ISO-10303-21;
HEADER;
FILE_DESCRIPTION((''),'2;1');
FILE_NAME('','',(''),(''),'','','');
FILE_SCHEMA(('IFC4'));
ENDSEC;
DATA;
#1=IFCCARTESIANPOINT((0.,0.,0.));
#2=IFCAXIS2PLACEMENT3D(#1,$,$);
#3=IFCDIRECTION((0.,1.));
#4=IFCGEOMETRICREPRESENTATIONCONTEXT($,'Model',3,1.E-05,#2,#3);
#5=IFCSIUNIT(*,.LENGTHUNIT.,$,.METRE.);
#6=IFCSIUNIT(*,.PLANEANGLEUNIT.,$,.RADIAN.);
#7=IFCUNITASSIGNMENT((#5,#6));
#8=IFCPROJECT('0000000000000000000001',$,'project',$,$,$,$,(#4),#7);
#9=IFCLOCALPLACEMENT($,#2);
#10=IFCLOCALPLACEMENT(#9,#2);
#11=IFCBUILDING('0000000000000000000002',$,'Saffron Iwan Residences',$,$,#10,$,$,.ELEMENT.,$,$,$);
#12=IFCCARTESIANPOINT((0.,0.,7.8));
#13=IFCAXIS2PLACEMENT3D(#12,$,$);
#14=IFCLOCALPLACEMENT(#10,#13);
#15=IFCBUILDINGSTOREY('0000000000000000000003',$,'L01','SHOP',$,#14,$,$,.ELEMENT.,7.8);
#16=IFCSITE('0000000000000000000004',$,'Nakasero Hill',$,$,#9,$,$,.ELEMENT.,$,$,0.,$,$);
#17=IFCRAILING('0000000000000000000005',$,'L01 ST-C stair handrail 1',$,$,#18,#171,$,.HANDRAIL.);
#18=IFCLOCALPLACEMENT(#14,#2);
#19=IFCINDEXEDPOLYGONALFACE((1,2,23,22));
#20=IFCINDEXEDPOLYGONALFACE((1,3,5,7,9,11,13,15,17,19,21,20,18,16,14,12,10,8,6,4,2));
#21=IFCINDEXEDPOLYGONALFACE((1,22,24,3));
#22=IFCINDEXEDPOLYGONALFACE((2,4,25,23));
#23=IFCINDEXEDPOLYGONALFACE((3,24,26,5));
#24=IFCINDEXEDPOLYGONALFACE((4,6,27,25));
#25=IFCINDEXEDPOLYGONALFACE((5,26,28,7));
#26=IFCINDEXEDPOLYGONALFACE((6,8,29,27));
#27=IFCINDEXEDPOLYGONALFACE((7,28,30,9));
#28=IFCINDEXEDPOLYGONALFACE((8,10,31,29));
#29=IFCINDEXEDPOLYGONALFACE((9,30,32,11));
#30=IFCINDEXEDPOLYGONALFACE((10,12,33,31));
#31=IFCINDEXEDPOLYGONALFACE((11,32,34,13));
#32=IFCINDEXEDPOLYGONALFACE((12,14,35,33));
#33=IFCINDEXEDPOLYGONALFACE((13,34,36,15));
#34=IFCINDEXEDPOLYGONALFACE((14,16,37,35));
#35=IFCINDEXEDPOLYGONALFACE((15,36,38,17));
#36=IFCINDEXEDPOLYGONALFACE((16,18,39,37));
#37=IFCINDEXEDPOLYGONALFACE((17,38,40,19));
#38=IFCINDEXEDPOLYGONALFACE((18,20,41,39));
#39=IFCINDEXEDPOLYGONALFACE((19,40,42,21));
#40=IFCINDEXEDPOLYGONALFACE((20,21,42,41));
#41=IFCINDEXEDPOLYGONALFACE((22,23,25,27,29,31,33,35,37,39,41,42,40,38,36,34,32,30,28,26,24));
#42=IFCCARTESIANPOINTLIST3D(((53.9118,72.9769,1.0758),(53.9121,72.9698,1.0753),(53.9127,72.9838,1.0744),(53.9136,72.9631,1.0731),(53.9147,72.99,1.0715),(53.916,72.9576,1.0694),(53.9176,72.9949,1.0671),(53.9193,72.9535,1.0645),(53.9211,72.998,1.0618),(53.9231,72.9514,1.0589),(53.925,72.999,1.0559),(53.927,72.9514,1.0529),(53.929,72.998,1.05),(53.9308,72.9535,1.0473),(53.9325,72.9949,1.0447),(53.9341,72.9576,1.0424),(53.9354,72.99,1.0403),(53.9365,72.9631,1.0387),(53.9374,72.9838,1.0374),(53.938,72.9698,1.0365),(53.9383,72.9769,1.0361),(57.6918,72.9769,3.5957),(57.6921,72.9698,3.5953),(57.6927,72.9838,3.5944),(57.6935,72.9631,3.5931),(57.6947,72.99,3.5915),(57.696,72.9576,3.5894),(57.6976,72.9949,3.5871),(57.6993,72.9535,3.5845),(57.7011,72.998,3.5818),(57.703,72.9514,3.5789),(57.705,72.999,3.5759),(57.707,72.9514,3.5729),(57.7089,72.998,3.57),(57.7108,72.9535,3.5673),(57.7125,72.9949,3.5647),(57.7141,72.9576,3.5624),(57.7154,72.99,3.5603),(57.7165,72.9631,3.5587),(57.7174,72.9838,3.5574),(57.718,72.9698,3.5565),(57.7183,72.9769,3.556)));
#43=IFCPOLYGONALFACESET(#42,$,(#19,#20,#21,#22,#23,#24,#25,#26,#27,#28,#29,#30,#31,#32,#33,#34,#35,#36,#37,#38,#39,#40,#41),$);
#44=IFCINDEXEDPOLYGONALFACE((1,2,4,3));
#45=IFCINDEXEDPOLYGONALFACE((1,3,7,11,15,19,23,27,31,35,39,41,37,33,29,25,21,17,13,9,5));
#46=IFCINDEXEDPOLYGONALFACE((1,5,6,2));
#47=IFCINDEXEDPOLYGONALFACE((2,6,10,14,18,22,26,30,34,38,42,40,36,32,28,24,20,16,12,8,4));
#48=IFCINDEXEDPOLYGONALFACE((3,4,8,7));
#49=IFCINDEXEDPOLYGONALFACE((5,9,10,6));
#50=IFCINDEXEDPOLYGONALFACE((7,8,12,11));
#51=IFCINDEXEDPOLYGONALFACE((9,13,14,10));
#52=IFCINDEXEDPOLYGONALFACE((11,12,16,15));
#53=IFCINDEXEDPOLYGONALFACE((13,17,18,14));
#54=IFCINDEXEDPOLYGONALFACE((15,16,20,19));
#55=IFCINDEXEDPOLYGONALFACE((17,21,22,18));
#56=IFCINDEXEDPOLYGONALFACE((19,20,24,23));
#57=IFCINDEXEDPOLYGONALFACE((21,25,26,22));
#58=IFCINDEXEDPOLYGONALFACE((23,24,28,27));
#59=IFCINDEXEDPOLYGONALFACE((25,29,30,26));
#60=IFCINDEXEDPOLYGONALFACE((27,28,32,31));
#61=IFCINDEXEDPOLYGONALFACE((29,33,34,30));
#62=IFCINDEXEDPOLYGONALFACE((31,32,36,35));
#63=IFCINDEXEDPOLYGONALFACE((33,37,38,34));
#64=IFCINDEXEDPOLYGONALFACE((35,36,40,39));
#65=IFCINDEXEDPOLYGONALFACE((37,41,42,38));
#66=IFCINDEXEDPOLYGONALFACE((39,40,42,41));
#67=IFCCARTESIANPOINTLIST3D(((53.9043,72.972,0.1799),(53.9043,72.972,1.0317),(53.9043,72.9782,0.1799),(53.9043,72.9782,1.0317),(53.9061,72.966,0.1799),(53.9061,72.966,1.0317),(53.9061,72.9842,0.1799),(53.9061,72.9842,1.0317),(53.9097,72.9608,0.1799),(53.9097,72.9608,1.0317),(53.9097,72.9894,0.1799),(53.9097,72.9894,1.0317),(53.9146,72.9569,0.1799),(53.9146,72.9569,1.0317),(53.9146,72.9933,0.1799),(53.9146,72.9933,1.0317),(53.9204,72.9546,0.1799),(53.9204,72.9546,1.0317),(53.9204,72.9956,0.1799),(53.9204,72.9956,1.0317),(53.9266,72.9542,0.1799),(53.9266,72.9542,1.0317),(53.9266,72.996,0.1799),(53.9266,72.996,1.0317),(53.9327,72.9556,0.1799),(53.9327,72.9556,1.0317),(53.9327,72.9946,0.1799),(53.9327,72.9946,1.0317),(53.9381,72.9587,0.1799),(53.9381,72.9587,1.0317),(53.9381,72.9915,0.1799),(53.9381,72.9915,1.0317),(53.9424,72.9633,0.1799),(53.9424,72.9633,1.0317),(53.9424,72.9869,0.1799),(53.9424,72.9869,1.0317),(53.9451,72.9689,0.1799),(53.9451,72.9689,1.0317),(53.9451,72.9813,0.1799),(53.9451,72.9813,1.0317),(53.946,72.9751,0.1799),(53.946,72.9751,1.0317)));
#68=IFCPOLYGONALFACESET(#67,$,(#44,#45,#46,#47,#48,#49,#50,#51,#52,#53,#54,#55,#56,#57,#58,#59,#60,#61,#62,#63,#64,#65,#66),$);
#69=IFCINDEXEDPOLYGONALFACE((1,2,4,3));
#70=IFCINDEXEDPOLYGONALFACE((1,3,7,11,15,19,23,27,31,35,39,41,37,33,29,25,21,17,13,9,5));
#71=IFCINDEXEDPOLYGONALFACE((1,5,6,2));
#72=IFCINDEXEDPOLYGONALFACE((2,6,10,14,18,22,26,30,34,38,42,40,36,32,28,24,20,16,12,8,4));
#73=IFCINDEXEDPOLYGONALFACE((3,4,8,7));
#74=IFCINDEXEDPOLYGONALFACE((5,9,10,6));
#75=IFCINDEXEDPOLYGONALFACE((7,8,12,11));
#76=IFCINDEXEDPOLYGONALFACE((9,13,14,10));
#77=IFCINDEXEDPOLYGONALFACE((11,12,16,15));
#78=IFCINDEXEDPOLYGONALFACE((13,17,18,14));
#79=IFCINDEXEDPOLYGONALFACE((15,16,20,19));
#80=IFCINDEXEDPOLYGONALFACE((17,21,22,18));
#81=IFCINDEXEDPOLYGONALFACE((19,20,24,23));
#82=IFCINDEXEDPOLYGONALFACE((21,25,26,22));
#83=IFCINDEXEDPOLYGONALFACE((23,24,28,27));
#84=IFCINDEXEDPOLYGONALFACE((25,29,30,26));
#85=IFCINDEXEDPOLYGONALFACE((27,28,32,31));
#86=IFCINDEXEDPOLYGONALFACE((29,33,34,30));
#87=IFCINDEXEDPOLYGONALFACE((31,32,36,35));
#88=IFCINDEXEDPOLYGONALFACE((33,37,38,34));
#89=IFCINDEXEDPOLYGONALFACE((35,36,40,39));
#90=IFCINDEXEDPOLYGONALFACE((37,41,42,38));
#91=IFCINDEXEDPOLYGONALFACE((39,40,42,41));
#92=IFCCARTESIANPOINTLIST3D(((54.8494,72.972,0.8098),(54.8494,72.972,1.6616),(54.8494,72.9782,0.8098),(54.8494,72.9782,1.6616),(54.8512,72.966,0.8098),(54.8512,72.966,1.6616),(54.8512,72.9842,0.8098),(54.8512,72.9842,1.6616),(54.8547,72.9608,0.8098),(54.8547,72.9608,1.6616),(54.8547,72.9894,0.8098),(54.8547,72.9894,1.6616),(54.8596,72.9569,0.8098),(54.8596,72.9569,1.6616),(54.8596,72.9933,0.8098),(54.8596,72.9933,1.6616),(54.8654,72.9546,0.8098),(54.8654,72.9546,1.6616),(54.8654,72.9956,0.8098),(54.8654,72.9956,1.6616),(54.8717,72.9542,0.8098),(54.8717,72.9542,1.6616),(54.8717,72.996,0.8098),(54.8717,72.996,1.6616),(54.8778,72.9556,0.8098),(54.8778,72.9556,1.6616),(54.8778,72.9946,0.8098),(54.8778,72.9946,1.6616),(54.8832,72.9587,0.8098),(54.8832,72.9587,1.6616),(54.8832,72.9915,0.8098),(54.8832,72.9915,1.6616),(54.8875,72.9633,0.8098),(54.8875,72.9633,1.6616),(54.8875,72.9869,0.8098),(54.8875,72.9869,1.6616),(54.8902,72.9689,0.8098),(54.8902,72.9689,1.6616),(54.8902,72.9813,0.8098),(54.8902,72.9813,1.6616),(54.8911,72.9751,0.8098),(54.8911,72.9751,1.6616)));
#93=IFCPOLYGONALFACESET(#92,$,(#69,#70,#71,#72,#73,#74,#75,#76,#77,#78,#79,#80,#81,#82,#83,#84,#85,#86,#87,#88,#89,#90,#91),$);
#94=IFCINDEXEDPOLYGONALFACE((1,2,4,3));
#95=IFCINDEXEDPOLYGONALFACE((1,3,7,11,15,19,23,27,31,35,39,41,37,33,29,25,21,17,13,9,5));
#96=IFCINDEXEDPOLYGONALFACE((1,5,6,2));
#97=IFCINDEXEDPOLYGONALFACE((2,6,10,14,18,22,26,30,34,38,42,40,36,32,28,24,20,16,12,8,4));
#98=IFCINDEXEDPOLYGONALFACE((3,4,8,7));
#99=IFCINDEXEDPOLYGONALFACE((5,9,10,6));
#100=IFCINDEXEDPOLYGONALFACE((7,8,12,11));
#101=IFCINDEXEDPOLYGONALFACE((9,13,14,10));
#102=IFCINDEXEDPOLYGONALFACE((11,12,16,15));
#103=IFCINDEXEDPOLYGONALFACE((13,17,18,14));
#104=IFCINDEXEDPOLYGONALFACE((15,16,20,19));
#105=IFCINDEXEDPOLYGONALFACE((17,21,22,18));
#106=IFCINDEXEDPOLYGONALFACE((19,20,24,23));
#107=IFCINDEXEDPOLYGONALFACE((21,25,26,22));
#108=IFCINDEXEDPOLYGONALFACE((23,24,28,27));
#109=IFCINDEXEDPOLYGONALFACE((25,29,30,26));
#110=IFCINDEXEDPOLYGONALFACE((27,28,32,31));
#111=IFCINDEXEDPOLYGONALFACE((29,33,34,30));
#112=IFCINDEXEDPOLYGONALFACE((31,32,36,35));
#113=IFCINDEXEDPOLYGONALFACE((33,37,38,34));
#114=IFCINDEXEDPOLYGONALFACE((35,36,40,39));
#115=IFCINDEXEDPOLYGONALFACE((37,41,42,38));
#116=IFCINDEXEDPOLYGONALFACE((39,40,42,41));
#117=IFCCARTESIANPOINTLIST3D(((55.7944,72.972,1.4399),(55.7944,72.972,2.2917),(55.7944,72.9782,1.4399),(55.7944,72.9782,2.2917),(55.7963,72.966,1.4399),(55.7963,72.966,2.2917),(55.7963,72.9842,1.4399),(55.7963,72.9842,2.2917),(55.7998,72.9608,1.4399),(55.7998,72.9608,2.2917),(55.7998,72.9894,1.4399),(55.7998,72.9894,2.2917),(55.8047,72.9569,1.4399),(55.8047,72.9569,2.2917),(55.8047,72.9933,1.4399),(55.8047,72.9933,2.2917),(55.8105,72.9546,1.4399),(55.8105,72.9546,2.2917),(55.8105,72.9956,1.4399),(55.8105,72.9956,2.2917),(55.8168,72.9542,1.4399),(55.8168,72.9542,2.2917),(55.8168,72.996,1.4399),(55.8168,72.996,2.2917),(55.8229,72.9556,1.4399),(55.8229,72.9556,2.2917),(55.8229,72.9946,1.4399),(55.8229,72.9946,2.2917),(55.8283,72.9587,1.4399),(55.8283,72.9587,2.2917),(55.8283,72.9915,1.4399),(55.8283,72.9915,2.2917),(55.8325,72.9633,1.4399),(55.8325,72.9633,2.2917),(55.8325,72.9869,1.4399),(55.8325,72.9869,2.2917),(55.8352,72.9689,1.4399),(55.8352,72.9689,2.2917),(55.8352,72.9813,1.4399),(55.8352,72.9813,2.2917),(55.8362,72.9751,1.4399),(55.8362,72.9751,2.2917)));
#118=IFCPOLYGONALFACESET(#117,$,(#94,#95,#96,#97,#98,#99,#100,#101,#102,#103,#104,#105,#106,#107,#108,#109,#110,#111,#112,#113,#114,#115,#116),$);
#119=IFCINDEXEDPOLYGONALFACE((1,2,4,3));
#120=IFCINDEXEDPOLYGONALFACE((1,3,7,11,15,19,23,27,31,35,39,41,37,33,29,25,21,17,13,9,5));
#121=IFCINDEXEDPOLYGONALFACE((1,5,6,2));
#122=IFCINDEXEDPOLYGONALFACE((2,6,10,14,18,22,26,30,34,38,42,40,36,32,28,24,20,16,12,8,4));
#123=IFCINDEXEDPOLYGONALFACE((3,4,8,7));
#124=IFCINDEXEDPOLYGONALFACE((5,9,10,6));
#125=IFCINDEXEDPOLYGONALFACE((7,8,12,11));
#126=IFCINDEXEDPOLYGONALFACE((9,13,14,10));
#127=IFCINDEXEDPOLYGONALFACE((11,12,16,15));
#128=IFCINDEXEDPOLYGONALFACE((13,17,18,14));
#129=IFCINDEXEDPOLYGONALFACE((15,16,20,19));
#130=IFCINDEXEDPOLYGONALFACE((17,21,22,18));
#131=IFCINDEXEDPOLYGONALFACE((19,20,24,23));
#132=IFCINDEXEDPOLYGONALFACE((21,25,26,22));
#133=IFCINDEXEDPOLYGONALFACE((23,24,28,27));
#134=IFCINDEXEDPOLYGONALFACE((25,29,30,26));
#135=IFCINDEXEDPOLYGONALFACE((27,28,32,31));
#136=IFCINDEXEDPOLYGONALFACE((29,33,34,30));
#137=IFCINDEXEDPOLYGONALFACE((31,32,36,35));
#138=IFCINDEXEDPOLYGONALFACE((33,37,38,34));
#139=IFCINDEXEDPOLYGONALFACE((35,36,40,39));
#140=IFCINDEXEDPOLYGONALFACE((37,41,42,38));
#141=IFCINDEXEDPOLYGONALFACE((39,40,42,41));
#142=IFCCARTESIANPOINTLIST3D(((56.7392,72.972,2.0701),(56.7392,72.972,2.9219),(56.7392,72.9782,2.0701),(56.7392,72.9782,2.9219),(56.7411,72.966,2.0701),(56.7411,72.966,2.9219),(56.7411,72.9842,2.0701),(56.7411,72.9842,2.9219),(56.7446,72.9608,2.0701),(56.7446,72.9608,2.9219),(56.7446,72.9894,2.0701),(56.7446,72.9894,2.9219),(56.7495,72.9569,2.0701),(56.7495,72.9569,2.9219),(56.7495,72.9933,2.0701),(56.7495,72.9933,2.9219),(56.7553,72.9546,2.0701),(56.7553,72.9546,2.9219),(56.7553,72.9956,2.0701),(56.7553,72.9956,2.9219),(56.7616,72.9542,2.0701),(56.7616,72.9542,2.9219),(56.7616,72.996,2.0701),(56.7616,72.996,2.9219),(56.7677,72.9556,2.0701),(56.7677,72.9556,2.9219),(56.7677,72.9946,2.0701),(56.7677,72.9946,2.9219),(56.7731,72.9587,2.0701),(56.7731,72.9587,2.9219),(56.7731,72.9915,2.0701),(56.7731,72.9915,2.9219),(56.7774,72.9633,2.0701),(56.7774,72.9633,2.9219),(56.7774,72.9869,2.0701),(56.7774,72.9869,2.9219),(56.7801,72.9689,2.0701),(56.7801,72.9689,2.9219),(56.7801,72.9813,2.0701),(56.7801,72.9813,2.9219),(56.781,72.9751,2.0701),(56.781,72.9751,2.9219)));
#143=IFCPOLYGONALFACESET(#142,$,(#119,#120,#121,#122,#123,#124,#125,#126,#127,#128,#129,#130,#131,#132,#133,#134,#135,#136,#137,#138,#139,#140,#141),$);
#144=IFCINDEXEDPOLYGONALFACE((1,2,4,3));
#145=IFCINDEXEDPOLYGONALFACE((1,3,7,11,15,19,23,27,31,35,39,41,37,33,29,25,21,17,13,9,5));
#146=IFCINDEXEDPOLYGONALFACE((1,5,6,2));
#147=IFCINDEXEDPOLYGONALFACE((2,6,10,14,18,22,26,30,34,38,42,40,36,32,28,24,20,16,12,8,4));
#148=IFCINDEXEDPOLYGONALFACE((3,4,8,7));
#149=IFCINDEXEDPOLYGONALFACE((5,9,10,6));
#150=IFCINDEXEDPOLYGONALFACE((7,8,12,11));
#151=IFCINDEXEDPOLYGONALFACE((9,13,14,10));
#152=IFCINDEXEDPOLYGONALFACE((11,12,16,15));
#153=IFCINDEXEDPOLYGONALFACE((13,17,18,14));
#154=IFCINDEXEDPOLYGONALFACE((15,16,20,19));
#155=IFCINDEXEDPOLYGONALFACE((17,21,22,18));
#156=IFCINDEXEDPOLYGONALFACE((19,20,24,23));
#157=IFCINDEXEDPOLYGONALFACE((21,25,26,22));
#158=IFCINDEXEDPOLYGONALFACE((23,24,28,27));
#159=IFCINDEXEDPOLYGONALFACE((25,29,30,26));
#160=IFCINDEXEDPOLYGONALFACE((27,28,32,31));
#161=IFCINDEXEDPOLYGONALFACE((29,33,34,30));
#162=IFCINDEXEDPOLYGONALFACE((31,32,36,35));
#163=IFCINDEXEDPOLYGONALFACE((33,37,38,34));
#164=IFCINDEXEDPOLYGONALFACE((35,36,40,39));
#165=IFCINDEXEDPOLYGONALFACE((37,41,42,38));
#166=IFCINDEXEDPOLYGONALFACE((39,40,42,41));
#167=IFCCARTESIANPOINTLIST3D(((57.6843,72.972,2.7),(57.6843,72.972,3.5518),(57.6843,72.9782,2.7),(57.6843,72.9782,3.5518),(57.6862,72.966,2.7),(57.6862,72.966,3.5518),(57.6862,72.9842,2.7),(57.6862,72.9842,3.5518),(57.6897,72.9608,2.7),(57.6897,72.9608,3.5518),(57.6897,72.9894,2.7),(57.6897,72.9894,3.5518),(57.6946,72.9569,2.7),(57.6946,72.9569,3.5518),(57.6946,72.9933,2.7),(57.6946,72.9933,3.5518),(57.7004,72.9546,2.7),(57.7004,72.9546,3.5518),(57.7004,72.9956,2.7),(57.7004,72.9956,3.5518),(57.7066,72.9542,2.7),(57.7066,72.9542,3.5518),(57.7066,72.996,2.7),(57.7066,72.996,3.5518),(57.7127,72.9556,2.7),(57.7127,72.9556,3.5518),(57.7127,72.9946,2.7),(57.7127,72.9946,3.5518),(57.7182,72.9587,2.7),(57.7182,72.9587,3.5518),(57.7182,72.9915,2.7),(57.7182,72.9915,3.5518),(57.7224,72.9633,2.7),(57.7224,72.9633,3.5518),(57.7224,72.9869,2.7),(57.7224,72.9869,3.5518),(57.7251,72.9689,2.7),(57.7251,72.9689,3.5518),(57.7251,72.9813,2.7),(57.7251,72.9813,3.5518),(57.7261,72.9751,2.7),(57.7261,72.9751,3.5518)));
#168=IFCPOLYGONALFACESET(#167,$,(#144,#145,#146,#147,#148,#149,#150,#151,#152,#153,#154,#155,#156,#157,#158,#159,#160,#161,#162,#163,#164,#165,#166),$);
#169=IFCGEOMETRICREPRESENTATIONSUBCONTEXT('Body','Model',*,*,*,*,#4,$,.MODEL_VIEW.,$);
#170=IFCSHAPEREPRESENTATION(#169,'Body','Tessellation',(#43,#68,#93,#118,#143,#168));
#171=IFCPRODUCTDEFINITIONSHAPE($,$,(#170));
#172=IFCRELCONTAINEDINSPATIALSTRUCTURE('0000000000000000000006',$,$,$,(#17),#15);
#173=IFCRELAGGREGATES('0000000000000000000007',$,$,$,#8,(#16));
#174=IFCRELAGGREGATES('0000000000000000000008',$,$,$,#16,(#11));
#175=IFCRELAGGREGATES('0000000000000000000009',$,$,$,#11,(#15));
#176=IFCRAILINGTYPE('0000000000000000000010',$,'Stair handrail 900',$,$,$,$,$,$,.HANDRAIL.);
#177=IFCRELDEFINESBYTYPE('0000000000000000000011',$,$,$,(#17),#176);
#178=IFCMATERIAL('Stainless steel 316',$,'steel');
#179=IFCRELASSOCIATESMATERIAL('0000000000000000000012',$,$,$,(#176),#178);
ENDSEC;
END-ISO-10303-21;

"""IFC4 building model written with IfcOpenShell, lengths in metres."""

from ifc_helpers import new_model, si_unit, direction, frame, origin, origin_2d, place, context, subcontext, project, spatial, circle, extrude, material, type_object, element, save


model = new_model("IFC4")

# Units and contexts
model_context = context("Model", 3, precision=1e-05, world=origin(), true_north=direction((0.0, 1.0)))
body_context = subcontext(model_context, "Body", "Model", "MODEL_VIEW")
ifc_project = project(units=[si_unit("LENGTHUNIT", "METRE"), si_unit("PLANEANGLEUNIT", "RADIAN")], contexts=[model_context])

# Site, building, storey
site_placement = place(None, origin())
site = spatial("IfcSite", under=ifc_project, at=site_placement, Name="Nakasero Hill", CompositionType="ELEMENT", RefElevation=0.0)
building_placement = place(site_placement, origin())
building = spatial("IfcBuilding", under=site, at=building_placement, Name="Saffron Iwan Residences", CompositionType="ELEMENT")
storey_placement = place(building_placement, frame((0.0, 0.0, 7.8)))
storey = spatial("IfcBuildingStorey", under=building, at=storey_placement, Name="L01", Description="SHOP", CompositionType="ELEMENT", Elevation=7.8)

# Railing
ifc_material_1 = material(Name="Stainless steel 316", Category="steel")
railing_type_1 = type_object("IfcRailingType", Name="Stair handrail 900", PredefinedType="HANDRAIL", material=ifc_material_1)
railing_1_placement = place(storey_placement, frame((53.925, 72.9751, 0.1799)))
element("IfcRailing", 1, at=railing_1_placement, inside=storey, type_object=railing_type_1, Name="L01 ST-C stair handrail 1", PredefinedType="HANDRAIL", context=body_context, shape_type="SweptSolid", body=[
    extrude(circle(Radius=0.0239, at=origin_2d()), frame((0.0, 0.0, 0.876), z_axis=(0.83205, 0.0, 0.5547), x_axis=(0.0, 1.0, 0.0)), (0.0, 0.0, 1.0), 4.543),
    extrude(circle(Radius=0.021, at=origin_2d()), origin(), (0.0, 0.0, 1.0), 0.8518),
    extrude(circle(Radius=0.021, at=origin_2d()), frame((0.9451, 0.0, 0.6299)), (0.0, 0.0, 1.0), 0.8518),
    extrude(circle(Radius=0.021, at=origin_2d()), frame((1.8901, 0.0, 1.26)), (0.0, 0.0, 1.0), 0.8518),
    extrude(circle(Radius=0.021, at=origin_2d()), frame((2.835, 0.0, 1.8901)), (0.0, 0.0, 1.0), 0.8518),
    extrude(circle(Radius=0.021, at=origin_2d()), frame((3.78, 0.0, 2.52)), (0.0, 0.0, 1.0), 0.8518),
])

save(model, "model.ifc")
